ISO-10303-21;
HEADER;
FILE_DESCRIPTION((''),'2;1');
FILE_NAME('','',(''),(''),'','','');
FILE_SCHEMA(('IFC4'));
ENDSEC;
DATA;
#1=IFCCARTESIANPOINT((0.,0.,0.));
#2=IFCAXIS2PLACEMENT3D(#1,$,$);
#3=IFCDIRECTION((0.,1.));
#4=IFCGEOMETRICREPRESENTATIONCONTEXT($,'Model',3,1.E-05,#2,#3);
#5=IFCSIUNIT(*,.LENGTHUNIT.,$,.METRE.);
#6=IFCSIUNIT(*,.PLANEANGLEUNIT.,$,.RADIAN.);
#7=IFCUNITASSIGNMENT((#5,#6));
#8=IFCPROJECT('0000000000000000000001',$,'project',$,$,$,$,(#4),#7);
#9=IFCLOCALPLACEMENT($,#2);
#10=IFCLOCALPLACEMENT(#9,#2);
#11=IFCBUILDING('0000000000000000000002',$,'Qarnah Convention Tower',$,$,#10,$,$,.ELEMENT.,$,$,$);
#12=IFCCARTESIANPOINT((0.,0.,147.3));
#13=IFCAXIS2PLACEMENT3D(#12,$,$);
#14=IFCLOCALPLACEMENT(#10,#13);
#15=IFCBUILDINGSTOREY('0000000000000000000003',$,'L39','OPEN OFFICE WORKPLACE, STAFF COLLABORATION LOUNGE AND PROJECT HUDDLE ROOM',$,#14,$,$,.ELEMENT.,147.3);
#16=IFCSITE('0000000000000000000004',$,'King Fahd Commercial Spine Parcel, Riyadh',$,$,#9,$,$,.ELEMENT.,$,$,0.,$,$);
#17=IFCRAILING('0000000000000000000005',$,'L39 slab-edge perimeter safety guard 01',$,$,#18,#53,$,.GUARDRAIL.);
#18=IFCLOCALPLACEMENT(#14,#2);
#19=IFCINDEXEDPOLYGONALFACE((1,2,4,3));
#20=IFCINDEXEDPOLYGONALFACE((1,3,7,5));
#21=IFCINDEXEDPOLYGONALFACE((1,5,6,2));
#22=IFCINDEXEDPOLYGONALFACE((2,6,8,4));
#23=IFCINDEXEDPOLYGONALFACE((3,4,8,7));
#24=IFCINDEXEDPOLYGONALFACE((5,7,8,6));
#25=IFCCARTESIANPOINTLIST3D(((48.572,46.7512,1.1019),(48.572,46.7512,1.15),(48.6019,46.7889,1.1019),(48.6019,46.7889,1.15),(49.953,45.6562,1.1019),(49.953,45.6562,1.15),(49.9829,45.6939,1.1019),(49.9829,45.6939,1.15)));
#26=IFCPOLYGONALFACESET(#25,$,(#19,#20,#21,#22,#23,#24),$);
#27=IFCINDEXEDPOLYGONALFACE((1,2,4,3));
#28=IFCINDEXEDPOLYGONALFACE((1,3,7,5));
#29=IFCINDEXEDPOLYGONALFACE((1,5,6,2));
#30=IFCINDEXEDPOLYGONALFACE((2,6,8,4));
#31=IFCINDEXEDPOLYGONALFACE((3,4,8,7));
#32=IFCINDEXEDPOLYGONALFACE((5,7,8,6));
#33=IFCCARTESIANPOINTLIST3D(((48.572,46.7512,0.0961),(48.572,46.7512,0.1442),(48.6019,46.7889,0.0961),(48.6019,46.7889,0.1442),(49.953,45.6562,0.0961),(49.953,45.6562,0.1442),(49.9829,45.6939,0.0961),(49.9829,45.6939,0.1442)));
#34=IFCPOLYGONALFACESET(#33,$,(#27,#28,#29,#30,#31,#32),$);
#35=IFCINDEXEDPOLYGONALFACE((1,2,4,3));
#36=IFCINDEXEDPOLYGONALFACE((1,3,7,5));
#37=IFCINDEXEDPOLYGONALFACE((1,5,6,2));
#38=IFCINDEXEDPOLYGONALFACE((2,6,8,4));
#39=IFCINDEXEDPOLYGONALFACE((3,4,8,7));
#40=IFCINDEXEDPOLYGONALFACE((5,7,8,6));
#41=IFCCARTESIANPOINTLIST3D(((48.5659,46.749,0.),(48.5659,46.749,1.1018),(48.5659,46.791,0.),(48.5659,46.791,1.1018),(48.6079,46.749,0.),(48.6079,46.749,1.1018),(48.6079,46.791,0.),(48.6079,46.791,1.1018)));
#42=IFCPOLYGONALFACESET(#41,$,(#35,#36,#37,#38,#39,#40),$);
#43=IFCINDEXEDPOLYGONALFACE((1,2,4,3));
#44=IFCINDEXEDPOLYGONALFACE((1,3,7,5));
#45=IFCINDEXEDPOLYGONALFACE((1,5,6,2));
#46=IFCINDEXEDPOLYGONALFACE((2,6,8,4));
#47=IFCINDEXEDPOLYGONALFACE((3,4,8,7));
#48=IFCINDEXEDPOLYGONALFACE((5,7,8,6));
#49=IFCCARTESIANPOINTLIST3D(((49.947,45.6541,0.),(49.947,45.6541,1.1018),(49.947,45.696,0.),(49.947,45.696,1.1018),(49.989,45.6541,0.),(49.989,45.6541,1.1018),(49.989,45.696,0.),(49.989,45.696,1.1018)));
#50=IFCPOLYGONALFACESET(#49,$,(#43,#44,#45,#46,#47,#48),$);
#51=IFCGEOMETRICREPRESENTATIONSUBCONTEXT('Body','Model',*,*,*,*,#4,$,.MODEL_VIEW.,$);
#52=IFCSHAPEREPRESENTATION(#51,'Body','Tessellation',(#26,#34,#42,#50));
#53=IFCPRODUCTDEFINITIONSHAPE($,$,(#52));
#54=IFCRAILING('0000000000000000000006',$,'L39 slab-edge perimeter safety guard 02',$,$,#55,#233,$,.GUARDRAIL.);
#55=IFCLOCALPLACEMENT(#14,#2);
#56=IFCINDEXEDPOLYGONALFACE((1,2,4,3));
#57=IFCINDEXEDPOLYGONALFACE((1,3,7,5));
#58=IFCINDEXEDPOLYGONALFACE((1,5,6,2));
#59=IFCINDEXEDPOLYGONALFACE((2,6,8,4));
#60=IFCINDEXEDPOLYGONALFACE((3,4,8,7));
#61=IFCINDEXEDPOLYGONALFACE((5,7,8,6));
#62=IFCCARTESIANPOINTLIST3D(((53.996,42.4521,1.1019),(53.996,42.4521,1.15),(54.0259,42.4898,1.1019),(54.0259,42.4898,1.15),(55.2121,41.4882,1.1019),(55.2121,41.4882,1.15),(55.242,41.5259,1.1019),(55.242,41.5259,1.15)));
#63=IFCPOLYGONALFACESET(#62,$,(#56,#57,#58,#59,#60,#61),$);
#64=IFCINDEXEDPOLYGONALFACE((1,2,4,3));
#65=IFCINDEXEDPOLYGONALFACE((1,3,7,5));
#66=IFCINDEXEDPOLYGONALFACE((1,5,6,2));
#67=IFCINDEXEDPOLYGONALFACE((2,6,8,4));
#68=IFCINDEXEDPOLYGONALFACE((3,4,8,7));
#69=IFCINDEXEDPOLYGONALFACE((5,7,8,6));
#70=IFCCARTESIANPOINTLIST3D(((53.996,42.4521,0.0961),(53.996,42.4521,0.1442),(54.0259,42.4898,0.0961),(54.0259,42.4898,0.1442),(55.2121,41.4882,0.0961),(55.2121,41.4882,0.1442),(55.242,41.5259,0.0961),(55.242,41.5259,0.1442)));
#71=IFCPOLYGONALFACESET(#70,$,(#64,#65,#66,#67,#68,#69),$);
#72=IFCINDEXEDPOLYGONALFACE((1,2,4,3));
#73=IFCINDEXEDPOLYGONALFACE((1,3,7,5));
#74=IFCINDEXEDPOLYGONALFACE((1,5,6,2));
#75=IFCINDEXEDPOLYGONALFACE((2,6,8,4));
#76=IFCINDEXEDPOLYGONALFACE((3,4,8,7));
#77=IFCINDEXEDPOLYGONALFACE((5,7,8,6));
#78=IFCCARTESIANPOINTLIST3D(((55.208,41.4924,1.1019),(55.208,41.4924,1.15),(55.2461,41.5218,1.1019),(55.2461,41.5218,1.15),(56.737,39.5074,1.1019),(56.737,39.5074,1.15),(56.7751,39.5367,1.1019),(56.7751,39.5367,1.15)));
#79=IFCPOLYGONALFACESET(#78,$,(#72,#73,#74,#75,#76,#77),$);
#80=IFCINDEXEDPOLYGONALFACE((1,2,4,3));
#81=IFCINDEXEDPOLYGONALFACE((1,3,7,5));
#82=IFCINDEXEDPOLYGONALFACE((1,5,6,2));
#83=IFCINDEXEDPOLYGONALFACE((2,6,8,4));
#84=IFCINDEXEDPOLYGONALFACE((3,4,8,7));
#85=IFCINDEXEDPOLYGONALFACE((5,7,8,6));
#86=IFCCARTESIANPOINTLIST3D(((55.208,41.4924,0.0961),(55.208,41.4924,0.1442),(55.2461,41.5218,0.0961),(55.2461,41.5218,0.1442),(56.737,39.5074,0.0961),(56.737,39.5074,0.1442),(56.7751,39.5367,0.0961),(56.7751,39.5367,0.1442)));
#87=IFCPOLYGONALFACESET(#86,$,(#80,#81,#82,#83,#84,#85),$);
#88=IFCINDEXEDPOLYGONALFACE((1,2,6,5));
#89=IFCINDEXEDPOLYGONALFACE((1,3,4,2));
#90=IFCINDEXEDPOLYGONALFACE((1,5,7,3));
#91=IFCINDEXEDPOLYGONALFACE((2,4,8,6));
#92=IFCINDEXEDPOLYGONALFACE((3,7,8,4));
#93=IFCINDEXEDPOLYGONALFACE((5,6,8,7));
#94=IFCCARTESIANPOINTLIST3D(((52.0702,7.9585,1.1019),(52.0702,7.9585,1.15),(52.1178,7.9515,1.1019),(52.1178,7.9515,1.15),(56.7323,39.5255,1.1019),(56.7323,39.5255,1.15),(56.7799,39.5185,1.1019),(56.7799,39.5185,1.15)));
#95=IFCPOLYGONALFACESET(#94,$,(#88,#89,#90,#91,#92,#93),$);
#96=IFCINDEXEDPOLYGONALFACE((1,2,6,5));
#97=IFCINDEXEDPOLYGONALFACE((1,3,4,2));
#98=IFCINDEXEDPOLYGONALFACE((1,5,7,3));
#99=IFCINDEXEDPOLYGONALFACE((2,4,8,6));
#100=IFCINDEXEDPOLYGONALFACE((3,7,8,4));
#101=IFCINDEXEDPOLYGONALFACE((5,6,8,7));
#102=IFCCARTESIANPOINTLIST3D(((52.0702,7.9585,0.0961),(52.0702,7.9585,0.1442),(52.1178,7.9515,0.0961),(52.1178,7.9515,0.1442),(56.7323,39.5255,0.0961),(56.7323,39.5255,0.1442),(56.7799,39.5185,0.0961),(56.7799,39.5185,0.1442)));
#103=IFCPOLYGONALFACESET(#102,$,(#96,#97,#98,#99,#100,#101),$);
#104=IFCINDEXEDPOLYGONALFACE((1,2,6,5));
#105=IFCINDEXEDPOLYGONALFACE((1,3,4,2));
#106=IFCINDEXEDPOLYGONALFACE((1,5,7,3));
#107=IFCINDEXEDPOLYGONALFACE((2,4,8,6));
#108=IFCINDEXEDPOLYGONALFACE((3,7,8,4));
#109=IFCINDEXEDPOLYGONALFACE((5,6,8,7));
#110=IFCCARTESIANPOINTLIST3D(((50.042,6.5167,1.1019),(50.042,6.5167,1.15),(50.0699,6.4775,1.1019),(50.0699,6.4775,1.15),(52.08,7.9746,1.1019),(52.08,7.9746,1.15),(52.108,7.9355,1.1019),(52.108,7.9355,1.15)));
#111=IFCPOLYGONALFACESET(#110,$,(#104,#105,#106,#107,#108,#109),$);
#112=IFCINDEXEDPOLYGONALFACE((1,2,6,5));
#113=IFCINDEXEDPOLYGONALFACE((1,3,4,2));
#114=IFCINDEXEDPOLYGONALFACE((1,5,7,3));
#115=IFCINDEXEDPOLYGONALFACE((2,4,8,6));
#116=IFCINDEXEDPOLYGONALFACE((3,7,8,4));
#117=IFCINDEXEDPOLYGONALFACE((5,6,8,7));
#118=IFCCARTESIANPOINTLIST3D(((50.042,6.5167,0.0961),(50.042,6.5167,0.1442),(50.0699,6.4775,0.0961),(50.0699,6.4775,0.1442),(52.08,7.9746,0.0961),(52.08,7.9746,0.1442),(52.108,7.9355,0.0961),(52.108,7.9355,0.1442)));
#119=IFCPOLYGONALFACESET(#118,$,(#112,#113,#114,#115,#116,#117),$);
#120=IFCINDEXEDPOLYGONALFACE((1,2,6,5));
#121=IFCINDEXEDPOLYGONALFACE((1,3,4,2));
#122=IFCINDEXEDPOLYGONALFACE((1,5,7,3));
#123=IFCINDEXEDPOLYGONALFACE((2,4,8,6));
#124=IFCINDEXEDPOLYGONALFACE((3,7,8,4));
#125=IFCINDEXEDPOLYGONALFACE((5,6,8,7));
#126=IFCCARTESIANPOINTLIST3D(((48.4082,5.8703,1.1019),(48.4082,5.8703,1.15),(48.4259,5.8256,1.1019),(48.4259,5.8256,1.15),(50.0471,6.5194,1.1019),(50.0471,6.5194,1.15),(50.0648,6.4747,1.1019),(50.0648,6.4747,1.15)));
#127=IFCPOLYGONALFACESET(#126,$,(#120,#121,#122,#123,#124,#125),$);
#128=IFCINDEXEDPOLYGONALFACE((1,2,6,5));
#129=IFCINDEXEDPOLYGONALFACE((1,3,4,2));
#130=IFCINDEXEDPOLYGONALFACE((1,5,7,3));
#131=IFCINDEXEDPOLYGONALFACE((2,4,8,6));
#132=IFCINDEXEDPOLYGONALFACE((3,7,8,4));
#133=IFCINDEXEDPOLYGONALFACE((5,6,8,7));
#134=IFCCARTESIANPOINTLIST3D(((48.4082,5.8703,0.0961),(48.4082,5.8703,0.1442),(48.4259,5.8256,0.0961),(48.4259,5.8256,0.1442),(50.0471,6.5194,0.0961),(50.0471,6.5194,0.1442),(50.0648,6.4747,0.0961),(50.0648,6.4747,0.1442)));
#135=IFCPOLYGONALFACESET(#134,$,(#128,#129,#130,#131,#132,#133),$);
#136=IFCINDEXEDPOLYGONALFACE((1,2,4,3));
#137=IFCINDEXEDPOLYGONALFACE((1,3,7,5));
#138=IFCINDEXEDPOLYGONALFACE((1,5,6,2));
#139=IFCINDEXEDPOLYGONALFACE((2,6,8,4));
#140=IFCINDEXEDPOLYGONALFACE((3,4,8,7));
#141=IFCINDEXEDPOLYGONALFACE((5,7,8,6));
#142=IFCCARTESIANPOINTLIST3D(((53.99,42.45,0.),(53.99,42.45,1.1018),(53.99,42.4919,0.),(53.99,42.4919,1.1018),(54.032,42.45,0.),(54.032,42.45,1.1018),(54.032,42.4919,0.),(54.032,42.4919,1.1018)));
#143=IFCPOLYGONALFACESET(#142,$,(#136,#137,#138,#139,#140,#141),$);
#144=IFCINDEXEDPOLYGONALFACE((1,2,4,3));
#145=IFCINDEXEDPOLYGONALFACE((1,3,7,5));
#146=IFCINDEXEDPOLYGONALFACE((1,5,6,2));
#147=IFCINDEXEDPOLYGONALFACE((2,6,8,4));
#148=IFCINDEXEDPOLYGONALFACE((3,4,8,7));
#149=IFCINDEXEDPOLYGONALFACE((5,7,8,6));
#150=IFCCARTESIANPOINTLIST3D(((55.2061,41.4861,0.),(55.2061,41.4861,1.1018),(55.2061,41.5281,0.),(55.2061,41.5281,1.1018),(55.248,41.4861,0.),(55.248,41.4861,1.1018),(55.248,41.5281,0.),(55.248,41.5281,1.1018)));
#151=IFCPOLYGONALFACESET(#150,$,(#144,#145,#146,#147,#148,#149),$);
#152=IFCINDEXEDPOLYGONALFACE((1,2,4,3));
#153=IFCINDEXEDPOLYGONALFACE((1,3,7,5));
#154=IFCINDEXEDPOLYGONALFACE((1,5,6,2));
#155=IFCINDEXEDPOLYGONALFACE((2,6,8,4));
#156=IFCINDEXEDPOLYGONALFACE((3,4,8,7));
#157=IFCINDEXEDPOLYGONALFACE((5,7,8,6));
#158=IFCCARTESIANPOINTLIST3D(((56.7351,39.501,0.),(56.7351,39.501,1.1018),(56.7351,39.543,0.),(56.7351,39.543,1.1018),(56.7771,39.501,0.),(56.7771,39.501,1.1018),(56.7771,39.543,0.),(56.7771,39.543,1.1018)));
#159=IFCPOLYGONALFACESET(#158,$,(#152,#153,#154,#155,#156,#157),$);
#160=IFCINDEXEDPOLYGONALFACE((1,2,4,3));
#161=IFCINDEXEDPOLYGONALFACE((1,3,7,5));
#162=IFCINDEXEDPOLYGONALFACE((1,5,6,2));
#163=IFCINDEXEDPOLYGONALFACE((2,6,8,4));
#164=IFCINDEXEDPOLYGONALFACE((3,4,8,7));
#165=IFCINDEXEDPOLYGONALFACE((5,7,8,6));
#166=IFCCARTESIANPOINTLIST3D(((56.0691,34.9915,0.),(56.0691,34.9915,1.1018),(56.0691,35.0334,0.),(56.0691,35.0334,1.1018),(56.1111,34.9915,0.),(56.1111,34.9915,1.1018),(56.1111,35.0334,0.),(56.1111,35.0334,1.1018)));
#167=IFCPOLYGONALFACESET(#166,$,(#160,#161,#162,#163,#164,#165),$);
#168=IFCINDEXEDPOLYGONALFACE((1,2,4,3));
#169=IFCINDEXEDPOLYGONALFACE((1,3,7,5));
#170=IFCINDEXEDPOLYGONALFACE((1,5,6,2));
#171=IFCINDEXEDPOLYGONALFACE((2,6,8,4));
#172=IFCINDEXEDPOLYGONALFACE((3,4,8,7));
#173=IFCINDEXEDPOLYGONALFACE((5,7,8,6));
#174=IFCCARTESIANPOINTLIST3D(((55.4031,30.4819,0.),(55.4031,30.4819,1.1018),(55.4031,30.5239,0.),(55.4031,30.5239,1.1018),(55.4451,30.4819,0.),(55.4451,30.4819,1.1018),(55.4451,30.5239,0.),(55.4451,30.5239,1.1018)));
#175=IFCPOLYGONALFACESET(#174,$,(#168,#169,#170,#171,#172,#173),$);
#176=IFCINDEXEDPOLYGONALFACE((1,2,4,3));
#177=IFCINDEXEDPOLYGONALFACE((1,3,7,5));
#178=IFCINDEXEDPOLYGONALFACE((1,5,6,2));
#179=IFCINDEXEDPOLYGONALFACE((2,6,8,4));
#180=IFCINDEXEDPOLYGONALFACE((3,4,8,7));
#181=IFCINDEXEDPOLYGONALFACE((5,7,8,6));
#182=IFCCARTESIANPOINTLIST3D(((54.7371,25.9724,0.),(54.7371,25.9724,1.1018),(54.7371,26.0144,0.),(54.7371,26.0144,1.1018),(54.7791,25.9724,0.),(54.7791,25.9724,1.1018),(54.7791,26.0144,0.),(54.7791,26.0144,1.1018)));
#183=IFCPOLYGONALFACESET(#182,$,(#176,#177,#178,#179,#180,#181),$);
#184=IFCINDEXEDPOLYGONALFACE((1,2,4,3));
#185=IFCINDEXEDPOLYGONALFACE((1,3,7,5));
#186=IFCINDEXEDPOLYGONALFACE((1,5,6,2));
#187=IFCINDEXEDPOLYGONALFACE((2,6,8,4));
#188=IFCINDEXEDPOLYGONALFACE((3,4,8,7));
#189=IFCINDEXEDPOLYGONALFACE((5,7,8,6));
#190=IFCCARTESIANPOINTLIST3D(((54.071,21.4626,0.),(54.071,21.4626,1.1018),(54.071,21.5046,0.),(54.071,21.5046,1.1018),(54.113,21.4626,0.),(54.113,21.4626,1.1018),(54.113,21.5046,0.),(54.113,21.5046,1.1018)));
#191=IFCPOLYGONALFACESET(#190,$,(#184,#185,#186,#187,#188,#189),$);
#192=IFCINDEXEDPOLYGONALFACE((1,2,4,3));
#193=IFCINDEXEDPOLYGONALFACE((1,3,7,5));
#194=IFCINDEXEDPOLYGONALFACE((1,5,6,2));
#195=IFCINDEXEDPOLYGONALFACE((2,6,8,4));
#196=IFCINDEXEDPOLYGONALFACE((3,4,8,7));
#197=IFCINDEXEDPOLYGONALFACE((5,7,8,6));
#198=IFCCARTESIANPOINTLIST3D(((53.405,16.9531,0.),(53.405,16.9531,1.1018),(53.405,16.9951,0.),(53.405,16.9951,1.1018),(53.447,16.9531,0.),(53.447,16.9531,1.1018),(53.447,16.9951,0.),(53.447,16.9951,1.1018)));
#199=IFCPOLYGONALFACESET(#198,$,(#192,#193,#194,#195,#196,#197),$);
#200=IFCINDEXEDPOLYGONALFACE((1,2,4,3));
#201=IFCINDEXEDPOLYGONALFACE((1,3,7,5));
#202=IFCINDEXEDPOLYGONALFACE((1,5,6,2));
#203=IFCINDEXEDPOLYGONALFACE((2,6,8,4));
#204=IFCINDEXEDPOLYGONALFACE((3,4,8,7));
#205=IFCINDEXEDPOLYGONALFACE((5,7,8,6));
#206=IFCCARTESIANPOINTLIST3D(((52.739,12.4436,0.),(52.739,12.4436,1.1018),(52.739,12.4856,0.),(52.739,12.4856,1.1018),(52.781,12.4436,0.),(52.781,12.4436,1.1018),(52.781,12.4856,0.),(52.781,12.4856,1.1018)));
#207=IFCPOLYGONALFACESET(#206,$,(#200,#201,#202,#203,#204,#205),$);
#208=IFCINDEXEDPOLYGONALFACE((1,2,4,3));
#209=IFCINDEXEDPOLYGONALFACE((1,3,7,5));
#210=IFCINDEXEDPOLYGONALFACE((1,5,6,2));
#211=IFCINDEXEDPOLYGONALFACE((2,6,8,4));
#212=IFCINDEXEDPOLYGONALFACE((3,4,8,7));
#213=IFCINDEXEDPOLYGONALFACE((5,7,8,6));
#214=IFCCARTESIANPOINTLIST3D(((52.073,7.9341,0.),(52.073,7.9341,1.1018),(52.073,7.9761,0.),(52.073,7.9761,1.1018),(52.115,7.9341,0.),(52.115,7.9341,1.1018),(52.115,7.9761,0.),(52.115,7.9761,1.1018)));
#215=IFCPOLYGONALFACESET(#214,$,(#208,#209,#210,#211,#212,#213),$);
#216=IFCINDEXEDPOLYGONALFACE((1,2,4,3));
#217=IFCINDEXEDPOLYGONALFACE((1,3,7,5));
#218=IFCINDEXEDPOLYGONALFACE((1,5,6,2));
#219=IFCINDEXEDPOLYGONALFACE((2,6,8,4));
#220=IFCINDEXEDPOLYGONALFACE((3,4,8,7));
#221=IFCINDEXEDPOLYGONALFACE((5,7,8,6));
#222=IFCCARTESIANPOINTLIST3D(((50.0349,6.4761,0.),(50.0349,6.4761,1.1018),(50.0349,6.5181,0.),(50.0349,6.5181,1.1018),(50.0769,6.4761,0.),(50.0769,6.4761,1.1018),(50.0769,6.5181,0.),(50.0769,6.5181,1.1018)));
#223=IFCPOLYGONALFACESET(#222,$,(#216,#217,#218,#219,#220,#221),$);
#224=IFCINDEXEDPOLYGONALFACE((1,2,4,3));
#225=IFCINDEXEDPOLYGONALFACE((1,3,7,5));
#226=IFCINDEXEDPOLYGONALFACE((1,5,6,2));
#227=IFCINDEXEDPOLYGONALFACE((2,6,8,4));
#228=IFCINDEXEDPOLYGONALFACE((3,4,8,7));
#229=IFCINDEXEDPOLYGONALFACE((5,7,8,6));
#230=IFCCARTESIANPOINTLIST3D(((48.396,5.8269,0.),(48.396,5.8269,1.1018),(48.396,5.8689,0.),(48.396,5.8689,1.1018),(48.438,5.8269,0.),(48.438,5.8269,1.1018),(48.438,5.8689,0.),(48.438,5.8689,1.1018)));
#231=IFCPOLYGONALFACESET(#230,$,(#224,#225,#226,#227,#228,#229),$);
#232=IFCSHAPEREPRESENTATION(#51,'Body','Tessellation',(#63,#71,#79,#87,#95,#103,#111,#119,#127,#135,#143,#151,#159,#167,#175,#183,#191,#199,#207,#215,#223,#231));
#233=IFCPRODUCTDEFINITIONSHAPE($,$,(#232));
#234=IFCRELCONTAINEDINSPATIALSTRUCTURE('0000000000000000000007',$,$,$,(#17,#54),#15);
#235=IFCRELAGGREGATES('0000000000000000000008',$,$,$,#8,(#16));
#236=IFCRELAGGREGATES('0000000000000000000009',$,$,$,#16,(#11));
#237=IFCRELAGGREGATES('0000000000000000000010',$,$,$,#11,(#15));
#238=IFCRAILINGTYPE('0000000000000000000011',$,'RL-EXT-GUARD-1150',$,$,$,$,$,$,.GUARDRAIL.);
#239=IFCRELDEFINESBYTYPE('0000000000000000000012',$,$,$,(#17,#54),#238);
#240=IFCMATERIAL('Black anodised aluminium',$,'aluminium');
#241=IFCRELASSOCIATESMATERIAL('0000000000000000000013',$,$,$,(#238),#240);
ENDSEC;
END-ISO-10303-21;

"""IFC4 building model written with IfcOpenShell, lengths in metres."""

from ifc_helpers import new_model, si_unit, direction, frame, origin, origin_2d, place, context, subcontext, project, spatial, rectangle, extrude, material, type_object, element, save


model = new_model("IFC4")

# Units and contexts
model_context = context("Model", 3, precision=1e-05, world=origin(), true_north=direction((0.0, 1.0)))
body_context = subcontext(model_context, "Body", "Model", "MODEL_VIEW")
ifc_project = project(units=[si_unit("LENGTHUNIT", "METRE"), si_unit("PLANEANGLEUNIT", "RADIAN")], contexts=[model_context])

# Site, building, storey
site_placement = place(None, origin())
site = spatial("IfcSite", under=ifc_project, at=site_placement, Name="King Fahd Commercial Spine Parcel, Riyadh", CompositionType="ELEMENT", RefElevation=0.0)
building_placement = place(site_placement, origin())
building = spatial("IfcBuilding", under=site, at=building_placement, Name="Qarnah Convention Tower", CompositionType="ELEMENT")
storey_placement = place(building_placement, frame((0.0, 0.0, 147.3)))
storey = spatial("IfcBuildingStorey", under=building, at=storey_placement, Name="L39", Description="OPEN OFFICE WORKPLACE, STAFF COLLABORATION LOUNGE AND PROJECT HUDDLE ROOM", CompositionType="ELEMENT", Elevation=147.3)

# Shared definitions
ifc_material_1 = material(Name="Black anodised aluminium", Category="aluminium")

# Railings
railing_type = type_object("IfcRailingType", Name="RL-EXT-GUARD-1150", PredefinedType="GUARDRAIL", material=ifc_material_1)
railing_1_placement = place(storey_placement, frame((48.5869, 46.77, 0.0)))
element("IfcRailing", 1, at=railing_1_placement, inside=storey, type_object=railing_type, Name="L39 slab-edge perimeter safety guard 01", PredefinedType="GUARDRAIL", context=body_context, shape_type="SweptSolid", body=[
    extrude(rectangle(XDim=0.0481, YDim=0.0481, at=origin_2d()), frame((0.0, 0.0, 1.126), z_axis=(0.783605, -0.62126, 0.0), x_axis=(0.62126, 0.783605, 0.0)), (0.0, 0.0, 1.0), 1.7625),
    extrude(rectangle(XDim=0.0481, YDim=0.0481, at=origin_2d()), frame((0.0, 0.0, 0.1201), z_axis=(0.783605, -0.62126, 0.0), x_axis=(0.62126, 0.783605, 0.0)), (0.0, 0.0, 1.0), 1.7625),
    extrude(rectangle(XDim=0.042, YDim=0.042, at=origin_2d()), origin(), (0.0, 0.0, 1.0), 1.1018),
    extrude(rectangle(XDim=0.042, YDim=0.042, at=origin_2d()), frame((1.3811, -1.095, 0.0)), (0.0, 0.0, 1.0), 1.1018),
])
railing_2_placement = place(storey_placement, frame((54.011, 42.4709, 0.0)))
element("IfcRailing", 2, at=railing_2_placement, inside=storey, type_object=railing_type, Name="L39 slab-edge perimeter safety guard 02", PredefinedType="GUARDRAIL", context=body_context, shape_type="SweptSolid", body=[
    extrude(rectangle(XDim=0.0481, YDim=0.0481, at=origin_2d()), frame((0.0, 0.0, 1.126), z_axis=(0.783685, -0.621158, 0.0), x_axis=(0.621158, 0.783685, 0.0)), (0.0, 0.0, 1.0), 1.5518),
    extrude(rectangle(XDim=0.0481, YDim=0.0481, at=origin_2d()), frame((0.0, 0.0, 0.1201), z_axis=(0.783685, -0.621158, 0.0), x_axis=(0.621158, 0.783685, 0.0)), (0.0, 0.0, 1.0), 1.5518),
    extrude(rectangle(XDim=0.0481, YDim=0.0481, at=origin_2d()), frame((1.2161, -0.9639, 1.126), z_axis=(0.610224, -0.792229, 0.0), x_axis=(0.792229, 0.610224, 0.0)), (0.0, 0.0, 1.0), 2.5056),
    extrude(rectangle(XDim=0.0481, YDim=0.0481, at=origin_2d()), frame((1.2161, -0.9639, 0.1201), z_axis=(0.610224, -0.792229, 0.0), x_axis=(0.792229, 0.610224, 0.0)), (0.0, 0.0, 1.0), 2.5056),
    extrude(rectangle(XDim=0.0481, YDim=0.0481, at=origin_2d()), frame((2.7451, -2.949, 1.126), z_axis=(-0.146105, -0.989269, 0.0), x_axis=(0.989269, -0.146105, 0.0)), (0.0, 0.0, 1.0), 31.9094),
    extrude(rectangle(XDim=0.0481, YDim=0.0481, at=origin_2d()), frame((2.7451, -2.949, 0.1201), z_axis=(-0.146105, -0.989269, 0.0), x_axis=(0.989269, -0.146105, 0.0)), (0.0, 0.0, 1.0), 31.9094),
    extrude(rectangle(XDim=0.0481, YDim=0.0481, at=origin_2d()), frame((-1.917, -34.5159, 1.126), z_axis=(-0.813312, -0.581828, 0.0), x_axis=(0.581828, -0.813312, 0.0)), (0.0, 0.0, 1.0), 2.5059),
    extrude(rectangle(XDim=0.0481, YDim=0.0481, at=origin_2d()), frame((-1.917, -34.5159, 0.1201), z_axis=(-0.813312, -0.581828, 0.0), x_axis=(0.581828, -0.813312, 0.0)), (0.0, 0.0, 1.0), 2.5059),
    extrude(rectangle(XDim=0.0481, YDim=0.0481, at=origin_2d()), frame((-3.9551, -35.9739, 1.126), z_axis=(-0.929723, -0.36826, 0.0), x_axis=(0.36826, -0.929723, 0.0)), (0.0, 0.0, 1.0), 1.7627),
    extrude(rectangle(XDim=0.0481, YDim=0.0481, at=origin_2d()), frame((-3.9551, -35.9739, 0.1201), z_axis=(-0.929723, -0.36826, 0.0), x_axis=(0.36826, -0.929723, 0.0)), (0.0, 0.0, 1.0), 1.7627),
    extrude(rectangle(XDim=0.042, YDim=0.042, at=origin_2d()), origin(), (0.0, 0.0, 1.0), 1.1018),
    extrude(rectangle(XDim=0.042, YDim=0.042, at=origin_2d()), frame((1.2161, -0.9639, 0.0)), (0.0, 0.0, 1.0), 1.1018),
    extrude(rectangle(XDim=0.042, YDim=0.042, at=origin_2d()), frame((2.7451, -2.949, 0.0)), (0.0, 0.0, 1.0), 1.1018),
    extrude(rectangle(XDim=0.042, YDim=0.042, at=origin_2d()), frame((2.0791, -7.4585, 0.0)), (0.0, 0.0, 1.0), 1.1018),
    extrude(rectangle(XDim=0.042, YDim=0.042, at=origin_2d()), frame((1.4131, -11.968, 0.0)), (0.0, 0.0, 1.0), 1.1018),
    extrude(rectangle(XDim=0.042, YDim=0.042, at=origin_2d()), frame((0.7471, -16.4775, 0.0)), (0.0, 0.0, 1.0), 1.1018),
    extrude(rectangle(XDim=0.042, YDim=0.042, at=origin_2d()), frame((0.0811, -20.9873, 0.0)), (0.0, 0.0, 1.0), 1.1018),
    extrude(rectangle(XDim=0.042, YDim=0.042, at=origin_2d()), frame((-0.585, -25.4968, 0.0)), (0.0, 0.0, 1.0), 1.1018),
    extrude(rectangle(XDim=0.042, YDim=0.042, at=origin_2d()), frame((-1.251, -30.0063, 0.0)), (0.0, 0.0, 1.0), 1.1018),
    extrude(rectangle(XDim=0.042, YDim=0.042, at=origin_2d()), frame((-1.917, -34.5159, 0.0)), (0.0, 0.0, 1.0), 1.1018),
    extrude(rectangle(XDim=0.042, YDim=0.042, at=origin_2d()), frame((-3.9551, -35.9739, 0.0)), (0.0, 0.0, 1.0), 1.1018),
    extrude(rectangle(XDim=0.042, YDim=0.042, at=origin_2d()), frame((-5.594, -36.623, 0.0)), (0.0, 0.0, 1.0), 1.1018),
])

save(model, "model.ifc")
